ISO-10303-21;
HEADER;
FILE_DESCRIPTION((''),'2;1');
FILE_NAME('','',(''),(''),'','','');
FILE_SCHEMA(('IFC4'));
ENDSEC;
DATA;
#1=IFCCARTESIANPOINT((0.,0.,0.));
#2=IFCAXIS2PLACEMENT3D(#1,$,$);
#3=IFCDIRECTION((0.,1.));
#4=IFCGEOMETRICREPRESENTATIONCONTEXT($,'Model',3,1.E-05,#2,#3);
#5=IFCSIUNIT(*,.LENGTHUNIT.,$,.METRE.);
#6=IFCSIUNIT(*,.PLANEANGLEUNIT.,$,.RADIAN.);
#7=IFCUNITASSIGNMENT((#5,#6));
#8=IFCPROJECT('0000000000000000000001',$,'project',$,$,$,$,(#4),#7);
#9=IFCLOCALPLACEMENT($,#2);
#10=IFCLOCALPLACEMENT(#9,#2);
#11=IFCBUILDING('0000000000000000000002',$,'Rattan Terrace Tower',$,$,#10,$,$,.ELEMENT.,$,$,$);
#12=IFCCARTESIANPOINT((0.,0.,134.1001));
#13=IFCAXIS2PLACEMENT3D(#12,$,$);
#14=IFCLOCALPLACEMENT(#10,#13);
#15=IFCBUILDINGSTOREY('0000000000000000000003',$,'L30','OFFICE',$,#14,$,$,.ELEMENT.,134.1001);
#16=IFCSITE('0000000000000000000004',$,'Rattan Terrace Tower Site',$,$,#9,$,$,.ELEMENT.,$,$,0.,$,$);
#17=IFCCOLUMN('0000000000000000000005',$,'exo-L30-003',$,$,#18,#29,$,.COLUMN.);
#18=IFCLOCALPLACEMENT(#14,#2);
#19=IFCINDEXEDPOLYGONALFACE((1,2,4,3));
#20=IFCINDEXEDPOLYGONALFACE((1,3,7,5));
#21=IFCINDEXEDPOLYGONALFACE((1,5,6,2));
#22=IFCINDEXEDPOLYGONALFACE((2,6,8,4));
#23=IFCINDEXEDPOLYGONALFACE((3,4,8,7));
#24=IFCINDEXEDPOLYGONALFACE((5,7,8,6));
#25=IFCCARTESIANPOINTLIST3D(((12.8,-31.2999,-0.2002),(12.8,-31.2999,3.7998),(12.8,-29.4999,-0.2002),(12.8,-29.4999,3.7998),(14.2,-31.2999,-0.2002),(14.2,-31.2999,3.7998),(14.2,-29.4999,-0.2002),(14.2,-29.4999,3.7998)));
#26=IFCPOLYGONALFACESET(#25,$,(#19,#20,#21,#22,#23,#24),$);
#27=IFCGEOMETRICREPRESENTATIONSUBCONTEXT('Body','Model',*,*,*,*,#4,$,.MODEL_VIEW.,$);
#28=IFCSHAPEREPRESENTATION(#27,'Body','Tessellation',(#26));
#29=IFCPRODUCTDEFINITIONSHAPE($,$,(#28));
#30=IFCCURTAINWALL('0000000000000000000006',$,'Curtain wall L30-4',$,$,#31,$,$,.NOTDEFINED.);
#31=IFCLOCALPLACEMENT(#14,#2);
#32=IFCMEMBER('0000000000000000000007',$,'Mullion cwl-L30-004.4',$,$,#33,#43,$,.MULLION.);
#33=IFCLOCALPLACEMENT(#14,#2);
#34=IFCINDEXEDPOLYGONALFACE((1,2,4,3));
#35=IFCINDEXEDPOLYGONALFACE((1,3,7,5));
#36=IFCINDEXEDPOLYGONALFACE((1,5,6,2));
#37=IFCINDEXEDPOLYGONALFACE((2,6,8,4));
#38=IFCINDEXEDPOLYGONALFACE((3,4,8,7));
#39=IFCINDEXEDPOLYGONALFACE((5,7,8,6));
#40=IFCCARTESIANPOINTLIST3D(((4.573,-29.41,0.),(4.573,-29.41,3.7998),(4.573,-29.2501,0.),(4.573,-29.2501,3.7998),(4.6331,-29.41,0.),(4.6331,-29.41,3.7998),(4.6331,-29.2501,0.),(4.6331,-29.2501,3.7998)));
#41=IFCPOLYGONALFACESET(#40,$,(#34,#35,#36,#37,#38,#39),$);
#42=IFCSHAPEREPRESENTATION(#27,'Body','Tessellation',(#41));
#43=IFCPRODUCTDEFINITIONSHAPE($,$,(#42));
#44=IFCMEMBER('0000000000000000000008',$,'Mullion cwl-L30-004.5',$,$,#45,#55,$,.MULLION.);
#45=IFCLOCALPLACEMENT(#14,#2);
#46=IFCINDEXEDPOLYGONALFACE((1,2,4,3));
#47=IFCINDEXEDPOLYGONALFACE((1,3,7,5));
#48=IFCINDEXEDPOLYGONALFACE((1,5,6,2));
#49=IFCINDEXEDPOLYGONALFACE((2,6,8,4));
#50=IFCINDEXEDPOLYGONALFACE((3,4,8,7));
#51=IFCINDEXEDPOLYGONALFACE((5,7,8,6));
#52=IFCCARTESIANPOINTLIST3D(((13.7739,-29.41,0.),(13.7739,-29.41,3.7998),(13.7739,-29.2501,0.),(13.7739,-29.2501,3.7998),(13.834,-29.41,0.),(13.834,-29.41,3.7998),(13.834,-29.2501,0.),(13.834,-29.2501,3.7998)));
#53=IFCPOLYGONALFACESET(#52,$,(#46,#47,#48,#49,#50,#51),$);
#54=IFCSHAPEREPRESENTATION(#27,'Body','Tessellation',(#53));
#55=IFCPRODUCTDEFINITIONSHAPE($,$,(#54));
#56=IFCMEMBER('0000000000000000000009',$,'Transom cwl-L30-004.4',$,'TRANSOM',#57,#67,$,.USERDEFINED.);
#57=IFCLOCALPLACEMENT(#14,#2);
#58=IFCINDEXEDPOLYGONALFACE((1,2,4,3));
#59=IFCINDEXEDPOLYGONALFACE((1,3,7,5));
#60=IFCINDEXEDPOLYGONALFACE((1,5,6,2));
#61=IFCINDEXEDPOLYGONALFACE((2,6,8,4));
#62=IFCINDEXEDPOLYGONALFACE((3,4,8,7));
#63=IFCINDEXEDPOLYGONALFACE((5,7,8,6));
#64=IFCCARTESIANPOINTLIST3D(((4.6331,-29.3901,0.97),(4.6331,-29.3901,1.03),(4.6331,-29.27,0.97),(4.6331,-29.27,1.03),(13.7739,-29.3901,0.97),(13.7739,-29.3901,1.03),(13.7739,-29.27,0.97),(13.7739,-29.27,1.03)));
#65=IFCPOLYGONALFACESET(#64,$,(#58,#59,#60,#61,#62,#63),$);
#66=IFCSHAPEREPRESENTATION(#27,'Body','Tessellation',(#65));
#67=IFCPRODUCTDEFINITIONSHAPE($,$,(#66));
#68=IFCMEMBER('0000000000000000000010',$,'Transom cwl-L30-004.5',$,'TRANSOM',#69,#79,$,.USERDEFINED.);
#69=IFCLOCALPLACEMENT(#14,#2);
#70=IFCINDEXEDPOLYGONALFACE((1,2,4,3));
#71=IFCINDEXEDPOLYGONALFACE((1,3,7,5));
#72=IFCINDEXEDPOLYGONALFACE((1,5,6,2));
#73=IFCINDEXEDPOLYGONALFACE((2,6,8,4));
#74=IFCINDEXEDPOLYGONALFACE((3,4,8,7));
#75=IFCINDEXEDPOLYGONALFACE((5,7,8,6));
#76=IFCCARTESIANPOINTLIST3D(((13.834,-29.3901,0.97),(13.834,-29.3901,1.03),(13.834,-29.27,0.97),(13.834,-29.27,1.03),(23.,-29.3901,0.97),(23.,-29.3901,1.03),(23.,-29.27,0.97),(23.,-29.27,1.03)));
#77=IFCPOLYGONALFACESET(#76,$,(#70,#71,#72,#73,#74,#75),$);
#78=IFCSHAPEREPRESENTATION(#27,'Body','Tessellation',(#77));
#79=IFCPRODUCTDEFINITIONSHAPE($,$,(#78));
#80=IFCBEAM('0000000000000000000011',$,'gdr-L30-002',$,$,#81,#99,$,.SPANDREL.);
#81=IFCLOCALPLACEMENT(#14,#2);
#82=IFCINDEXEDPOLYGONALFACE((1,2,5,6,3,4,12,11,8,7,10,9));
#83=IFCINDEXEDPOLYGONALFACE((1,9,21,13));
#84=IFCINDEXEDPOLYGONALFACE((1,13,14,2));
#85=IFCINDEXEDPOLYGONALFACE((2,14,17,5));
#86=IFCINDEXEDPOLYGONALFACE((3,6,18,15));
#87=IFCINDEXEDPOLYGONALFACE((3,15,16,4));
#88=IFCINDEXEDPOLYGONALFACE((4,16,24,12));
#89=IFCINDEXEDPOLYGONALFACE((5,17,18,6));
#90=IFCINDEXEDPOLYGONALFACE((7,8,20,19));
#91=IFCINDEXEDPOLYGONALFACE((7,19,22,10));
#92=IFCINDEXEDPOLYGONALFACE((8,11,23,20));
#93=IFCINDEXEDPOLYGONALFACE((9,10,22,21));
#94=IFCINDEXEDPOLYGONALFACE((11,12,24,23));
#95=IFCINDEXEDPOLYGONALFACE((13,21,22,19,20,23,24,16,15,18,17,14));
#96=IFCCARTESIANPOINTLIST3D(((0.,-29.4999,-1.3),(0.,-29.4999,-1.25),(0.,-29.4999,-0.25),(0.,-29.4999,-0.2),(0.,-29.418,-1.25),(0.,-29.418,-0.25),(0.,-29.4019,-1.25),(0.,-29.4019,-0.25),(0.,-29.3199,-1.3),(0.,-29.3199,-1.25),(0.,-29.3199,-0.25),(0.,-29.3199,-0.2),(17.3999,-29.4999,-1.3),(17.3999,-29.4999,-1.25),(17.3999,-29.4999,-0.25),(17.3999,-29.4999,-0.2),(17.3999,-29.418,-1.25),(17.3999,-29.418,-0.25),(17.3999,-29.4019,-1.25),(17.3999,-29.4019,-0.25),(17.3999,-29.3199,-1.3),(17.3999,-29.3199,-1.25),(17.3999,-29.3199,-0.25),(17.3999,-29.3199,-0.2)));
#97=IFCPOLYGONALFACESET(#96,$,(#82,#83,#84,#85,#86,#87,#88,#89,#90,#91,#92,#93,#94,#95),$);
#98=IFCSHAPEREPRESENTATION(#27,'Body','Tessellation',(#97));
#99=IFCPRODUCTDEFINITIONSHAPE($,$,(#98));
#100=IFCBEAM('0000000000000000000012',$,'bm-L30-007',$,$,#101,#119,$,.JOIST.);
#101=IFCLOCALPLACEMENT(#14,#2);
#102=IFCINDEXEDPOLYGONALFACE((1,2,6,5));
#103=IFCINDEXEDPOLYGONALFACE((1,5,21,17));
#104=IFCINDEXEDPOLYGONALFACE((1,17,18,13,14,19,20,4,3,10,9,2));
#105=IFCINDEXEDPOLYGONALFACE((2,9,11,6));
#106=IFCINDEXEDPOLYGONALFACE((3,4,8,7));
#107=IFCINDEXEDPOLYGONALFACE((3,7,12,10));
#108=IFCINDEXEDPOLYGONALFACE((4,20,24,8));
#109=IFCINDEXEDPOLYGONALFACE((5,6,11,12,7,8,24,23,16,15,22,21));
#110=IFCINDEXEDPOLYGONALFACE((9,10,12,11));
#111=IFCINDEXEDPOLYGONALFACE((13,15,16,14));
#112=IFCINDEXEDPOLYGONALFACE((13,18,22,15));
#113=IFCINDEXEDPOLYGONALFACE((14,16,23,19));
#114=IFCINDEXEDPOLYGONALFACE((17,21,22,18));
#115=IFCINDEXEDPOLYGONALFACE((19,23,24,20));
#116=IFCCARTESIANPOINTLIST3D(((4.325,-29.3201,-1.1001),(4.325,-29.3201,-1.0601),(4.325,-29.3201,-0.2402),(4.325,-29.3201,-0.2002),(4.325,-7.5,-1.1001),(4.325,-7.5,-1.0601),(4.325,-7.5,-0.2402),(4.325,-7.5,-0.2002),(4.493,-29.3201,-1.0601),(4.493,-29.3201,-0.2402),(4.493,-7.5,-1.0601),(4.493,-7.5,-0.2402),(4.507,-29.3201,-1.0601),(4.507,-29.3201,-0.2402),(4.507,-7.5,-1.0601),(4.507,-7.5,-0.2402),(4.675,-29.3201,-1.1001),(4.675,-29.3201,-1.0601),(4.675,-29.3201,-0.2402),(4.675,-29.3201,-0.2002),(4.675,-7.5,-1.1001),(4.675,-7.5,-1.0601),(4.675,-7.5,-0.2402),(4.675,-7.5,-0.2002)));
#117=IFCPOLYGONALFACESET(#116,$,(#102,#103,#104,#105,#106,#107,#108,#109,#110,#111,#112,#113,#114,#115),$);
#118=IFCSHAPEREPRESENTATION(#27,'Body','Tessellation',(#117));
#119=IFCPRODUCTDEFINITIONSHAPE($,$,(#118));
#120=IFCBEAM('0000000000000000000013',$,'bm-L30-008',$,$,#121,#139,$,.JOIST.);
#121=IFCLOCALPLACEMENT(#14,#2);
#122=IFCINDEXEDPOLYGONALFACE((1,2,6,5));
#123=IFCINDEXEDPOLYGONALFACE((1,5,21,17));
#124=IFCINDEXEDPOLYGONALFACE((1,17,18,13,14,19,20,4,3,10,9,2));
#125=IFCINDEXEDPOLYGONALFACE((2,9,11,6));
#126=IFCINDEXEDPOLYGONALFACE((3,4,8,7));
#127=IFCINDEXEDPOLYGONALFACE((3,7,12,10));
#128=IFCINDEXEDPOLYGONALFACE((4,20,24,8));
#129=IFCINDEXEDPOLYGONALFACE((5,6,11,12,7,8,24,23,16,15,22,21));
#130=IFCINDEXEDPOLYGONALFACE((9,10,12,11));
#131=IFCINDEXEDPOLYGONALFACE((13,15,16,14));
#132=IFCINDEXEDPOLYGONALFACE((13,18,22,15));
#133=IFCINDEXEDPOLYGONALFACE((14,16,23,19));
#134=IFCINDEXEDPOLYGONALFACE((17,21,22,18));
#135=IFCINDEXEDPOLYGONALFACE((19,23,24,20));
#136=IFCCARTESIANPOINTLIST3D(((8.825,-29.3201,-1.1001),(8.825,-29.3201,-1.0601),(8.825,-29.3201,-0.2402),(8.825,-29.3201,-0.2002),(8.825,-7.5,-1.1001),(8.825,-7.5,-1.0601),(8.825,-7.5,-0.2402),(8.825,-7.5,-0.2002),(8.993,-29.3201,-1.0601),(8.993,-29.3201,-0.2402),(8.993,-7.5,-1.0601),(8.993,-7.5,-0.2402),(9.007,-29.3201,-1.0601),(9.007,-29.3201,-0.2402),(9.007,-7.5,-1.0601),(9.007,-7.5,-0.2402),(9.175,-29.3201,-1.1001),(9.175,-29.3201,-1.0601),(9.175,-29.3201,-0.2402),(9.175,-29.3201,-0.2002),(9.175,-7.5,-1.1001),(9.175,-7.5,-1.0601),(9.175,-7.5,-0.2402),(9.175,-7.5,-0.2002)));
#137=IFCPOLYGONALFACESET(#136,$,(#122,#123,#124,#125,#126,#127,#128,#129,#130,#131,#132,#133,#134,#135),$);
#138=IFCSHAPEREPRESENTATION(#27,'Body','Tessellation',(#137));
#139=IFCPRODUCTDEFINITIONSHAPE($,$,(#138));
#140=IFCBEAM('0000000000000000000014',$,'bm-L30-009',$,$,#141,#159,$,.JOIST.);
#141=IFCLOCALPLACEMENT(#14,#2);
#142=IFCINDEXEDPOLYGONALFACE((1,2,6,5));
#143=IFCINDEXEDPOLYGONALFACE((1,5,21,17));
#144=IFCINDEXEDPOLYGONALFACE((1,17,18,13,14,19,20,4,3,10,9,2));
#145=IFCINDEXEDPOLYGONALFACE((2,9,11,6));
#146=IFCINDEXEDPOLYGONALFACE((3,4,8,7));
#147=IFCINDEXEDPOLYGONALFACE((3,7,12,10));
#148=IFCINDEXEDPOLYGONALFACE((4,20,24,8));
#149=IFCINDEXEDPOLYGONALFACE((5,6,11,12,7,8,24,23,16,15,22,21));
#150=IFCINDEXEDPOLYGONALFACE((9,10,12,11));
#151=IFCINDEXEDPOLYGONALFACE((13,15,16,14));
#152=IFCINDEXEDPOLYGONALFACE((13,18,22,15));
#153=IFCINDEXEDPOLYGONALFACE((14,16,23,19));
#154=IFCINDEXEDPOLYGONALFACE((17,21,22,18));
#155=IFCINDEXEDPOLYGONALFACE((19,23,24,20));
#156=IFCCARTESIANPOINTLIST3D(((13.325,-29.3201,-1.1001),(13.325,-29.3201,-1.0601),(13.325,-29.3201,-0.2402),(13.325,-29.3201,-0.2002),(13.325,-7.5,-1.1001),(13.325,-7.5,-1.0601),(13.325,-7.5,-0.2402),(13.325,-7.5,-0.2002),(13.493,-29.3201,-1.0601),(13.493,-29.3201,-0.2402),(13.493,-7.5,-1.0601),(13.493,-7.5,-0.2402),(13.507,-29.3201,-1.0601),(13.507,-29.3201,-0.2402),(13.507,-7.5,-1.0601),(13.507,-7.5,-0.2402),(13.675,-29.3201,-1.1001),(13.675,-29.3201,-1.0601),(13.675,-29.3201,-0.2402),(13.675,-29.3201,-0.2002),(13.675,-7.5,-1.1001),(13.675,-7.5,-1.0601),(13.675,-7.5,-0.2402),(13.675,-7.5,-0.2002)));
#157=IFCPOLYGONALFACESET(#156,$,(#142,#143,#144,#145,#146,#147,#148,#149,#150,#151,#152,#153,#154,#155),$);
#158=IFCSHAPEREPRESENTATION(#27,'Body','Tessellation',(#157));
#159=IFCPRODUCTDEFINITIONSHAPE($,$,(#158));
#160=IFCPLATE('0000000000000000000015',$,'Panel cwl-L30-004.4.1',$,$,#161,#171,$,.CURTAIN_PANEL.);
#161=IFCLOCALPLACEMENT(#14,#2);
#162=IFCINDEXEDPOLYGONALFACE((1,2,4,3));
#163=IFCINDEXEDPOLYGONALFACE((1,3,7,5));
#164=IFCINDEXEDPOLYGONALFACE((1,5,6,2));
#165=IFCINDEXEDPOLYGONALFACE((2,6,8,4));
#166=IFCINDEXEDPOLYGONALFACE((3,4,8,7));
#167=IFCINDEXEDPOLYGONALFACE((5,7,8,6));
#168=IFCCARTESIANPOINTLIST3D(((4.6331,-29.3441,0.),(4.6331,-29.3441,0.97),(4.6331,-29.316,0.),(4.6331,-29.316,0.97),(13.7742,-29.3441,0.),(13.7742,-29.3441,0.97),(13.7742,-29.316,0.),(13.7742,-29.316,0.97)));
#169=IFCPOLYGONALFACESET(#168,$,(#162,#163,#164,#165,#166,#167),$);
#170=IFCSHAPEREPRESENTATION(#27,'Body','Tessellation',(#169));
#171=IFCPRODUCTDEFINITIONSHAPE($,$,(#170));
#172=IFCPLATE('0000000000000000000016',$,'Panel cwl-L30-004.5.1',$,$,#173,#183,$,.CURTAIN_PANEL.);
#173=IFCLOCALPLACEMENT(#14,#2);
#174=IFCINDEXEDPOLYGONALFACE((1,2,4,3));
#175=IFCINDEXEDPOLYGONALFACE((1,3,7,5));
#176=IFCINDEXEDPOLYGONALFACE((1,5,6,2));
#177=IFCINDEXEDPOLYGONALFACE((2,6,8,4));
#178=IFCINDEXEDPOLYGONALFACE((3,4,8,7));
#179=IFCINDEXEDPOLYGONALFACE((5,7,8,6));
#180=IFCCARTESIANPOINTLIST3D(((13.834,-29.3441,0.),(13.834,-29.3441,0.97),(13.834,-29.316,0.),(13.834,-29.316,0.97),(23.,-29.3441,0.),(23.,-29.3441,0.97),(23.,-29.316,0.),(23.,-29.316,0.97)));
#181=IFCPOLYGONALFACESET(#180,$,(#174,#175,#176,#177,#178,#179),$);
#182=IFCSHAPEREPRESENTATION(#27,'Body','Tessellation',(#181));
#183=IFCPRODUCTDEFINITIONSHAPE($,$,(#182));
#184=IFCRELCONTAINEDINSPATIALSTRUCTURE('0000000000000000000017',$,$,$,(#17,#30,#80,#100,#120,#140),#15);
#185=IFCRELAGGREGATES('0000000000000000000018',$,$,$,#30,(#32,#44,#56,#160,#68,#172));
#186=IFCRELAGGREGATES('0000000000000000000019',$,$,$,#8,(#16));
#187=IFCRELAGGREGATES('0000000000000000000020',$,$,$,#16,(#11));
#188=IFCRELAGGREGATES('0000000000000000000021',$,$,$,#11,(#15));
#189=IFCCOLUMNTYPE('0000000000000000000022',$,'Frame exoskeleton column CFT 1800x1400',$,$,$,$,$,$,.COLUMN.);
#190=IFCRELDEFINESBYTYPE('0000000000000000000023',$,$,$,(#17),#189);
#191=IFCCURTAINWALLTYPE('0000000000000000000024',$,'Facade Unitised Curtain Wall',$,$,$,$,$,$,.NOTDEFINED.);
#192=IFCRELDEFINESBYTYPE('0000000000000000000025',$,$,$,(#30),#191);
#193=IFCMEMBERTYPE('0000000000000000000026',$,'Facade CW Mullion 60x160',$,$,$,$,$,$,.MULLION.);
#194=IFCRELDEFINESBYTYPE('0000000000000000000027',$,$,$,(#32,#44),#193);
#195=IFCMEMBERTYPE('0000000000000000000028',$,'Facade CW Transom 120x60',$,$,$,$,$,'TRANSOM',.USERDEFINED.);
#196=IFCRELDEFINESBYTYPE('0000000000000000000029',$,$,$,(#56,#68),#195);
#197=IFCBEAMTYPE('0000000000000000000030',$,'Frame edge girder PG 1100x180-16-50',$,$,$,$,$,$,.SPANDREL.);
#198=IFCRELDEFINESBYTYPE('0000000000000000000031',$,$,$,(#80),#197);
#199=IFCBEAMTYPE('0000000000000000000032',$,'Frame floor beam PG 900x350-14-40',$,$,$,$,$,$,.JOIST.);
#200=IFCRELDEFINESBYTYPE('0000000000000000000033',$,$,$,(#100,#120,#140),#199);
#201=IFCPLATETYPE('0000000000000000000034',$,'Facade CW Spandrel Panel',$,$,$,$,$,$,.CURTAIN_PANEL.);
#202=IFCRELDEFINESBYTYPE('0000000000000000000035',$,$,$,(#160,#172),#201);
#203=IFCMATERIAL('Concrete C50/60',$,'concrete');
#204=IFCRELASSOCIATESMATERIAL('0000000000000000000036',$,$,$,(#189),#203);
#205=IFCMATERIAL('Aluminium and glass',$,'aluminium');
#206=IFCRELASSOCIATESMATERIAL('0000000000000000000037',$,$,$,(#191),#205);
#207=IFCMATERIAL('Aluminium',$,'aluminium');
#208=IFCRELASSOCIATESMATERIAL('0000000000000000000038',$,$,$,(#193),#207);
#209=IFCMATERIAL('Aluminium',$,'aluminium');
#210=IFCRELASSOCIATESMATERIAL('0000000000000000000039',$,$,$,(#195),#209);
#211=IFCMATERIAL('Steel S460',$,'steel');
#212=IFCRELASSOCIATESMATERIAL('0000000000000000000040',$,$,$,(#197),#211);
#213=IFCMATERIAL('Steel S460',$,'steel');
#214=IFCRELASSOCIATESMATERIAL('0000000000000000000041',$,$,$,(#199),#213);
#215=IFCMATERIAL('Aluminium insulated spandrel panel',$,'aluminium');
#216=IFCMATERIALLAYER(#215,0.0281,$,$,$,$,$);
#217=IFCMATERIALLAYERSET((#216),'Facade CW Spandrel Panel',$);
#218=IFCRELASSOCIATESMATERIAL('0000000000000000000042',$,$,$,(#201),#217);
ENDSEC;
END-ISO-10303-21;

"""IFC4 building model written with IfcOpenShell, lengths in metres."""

from ifc_helpers import new_model, si_unit, direction, frame, origin, origin_2d, place, context, subcontext, project, spatial, rectangle, i_section, extrude, material, layer, layer_set, material_profile, profile_set, type_object, element, aggregate, save


model = new_model("IFC4")

# Units and contexts
model_context = context("Model", 3, precision=1e-05, world=origin(), true_north=direction((0.0, 1.0)))
body_context = subcontext(model_context, "Body", "Model", "MODEL_VIEW")
ifc_project = project(units=[si_unit("LENGTHUNIT", "METRE"), si_unit("PLANEANGLEUNIT", "RADIAN")], contexts=[model_context])

# Site, building, storey
site_placement = place(None, origin())
site = spatial("IfcSite", under=ifc_project, at=site_placement, Name="Rattan Terrace Tower Site", CompositionType="ELEMENT", RefElevation=0.0)
building_placement = place(site_placement, origin())
building = spatial("IfcBuilding", under=site, at=building_placement, Name="Rattan Terrace Tower", CompositionType="ELEMENT")
storey_placement = place(building_placement, frame((0.0, 0.0, 134.1001)))
storey = spatial("IfcBuildingStorey", under=building, at=storey_placement, Name="L30", Description="OFFICE", CompositionType="ELEMENT", Elevation=134.1001)

# Column
ifc_material_1 = material(Name="Concrete C50/60", Category="concrete")
ifc_material_profile_1 = material_profile(ifc_material_1, rectangle(XDim=1.3999, YDim=1.8, at=origin_2d()), Name="CFT 1800x1400")
ifc_profile_set_1 = profile_set([ifc_material_profile_1], Name="Concrete C50/60")
column_type = type_object("IfcColumnType", Name="Frame exoskeleton column CFT 1800x1400", PredefinedType="COLUMN", material=ifc_profile_set_1)
column_placement = place(storey_placement, frame((13.5, -30.3999, -0.2002), z_axis=(0.0, 0.0, 1.0), x_axis=(1.0, 0.0, 0.0)))
element("IfcColumn", 1, at=column_placement, inside=storey, type_object=column_type, Name="exo-L30-003", PredefinedType="COLUMN", context=body_context, shape_type="SweptSolid", body=[
    extrude(rectangle(XDim=1.3999, YDim=1.8, at=origin_2d()), origin(), (0.0, 0.0, 1.0), 4.0),
])

# Curtain wall, members
ifc_material_2 = material(Name="Aluminium and glass", Category="aluminium")
curtain_wall_type = type_object("IfcCurtainWallType", Name="Facade Unitised Curtain Wall", PredefinedType="NOTDEFINED", material=ifc_material_2)
curtain_wall_placement = place(storey_placement, origin())
curtain_wall = element("IfcCurtainWall", 2, at=curtain_wall_placement, inside=storey, type_object=curtain_wall_type, Name="Curtain wall L30-4", PredefinedType="NOTDEFINED")
ifc_material_3 = material(Name="Aluminium", Category="aluminium")
ifc_material_profile_2 = material_profile(ifc_material_3, rectangle(XDim=0.0601, YDim=0.1599, at=origin_2d()), Name="Aluminium 60x160")
ifc_profile_set_2 = profile_set([ifc_material_profile_2], Name="Aluminium")
member_type_1 = type_object("IfcMemberType", Name="Facade CW Mullion 60x160", PredefinedType="MULLION", material=ifc_profile_set_2)
member_1_placement = place(storey_placement, frame((4.603, -29.3301, 0.0), z_axis=(0.0, 0.0, 1.0), x_axis=(1.0, 0.0, 0.0)))
member_1 = element("IfcMember", 3, at=member_1_placement, type_object=member_type_1, Name="Mullion cwl-L30-004.4", PredefinedType="MULLION", context=body_context, shape_type="SweptSolid", body=[
    extrude(rectangle(XDim=0.0601, YDim=0.1599, at=origin_2d()), origin(), (0.0, 0.0, 1.0), 3.7998),
])
member_2_placement = place(storey_placement, frame((13.804, -29.3301, 0.0), z_axis=(0.0, 0.0, 1.0), x_axis=(1.0, 0.0, 0.0)))
member_2 = element("IfcMember", 4, at=member_2_placement, type_object=member_type_1, Name="Mullion cwl-L30-004.5", PredefinedType="MULLION", context=body_context, shape_type="SweptSolid", body=[
    extrude(rectangle(XDim=0.0601, YDim=0.1599, at=origin_2d()), origin(), (0.0, 0.0, 1.0), 3.7998),
])
ifc_material_4 = material(Name="Aluminium", Category="aluminium")
ifc_material_profile_3 = material_profile(ifc_material_4, rectangle(XDim=0.1201, YDim=0.0601, at=origin_2d()), Name="Aluminium 120x60")
ifc_profile_set_3 = profile_set([ifc_material_profile_3], Name="Aluminium")
member_type_2 = type_object("IfcMemberType", Name="Facade CW Transom 120x60", ElementType="TRANSOM", PredefinedType="USERDEFINED", material=ifc_profile_set_3)
member_3_placement = place(storey_placement, frame((4.6331, -29.3301, 1.0), z_axis=(1.0, 0.0, 0.0), x_axis=(0.0, 1.0, 0.0)))
member_3 = element("IfcMember", 5, at=member_3_placement, type_object=member_type_2, Name="Transom cwl-L30-004.4", ObjectType="TRANSOM", PredefinedType="USERDEFINED", context=body_context, shape_type="SweptSolid", body=[
    extrude(rectangle(XDim=0.1201, YDim=0.0601, at=origin_2d()), origin(), (0.0, 0.0, 1.0), 9.1409),
])
member_4_placement = place(storey_placement, frame((13.834, -29.3301, 1.0), z_axis=(1.0, 0.0, 0.0), x_axis=(0.0, 1.0, 0.0)))
member_4 = element("IfcMember", 6, at=member_4_placement, type_object=member_type_2, Name="Transom cwl-L30-004.5", ObjectType="TRANSOM", PredefinedType="USERDEFINED", context=body_context, shape_type="SweptSolid", body=[
    extrude(rectangle(XDim=0.1201, YDim=0.0601, at=origin_2d()), origin(), (0.0, 0.0, 1.0), 9.166),
])

# Beams
ifc_material_5 = material(Name="Steel S460", Category="steel")
ifc_material_profile_4 = material_profile(ifc_material_5, i_section(OverallWidth=0.1799, OverallDepth=1.1001, WebThickness=0.0161, FlangeThickness=0.05, at=origin_2d()), Name="PG 1100x180-16-50")
ifc_profile_set_4 = profile_set([ifc_material_profile_4], Name="Steel S460")
beam_type_1 = type_object("IfcBeamType", Name="Frame edge girder PG 1100x180-16-50", PredefinedType="SPANDREL", material=ifc_profile_set_4)
beam_placement = place(storey_placement, frame((17.3999, -29.4099, -0.75), z_axis=(-1.0, 0.0, 0.0), x_axis=(0.0, -1.0, 0.0)))
element("IfcBeam", 7, at=beam_placement, inside=storey, type_object=beam_type_1, Name="gdr-L30-002", PredefinedType="SPANDREL", context=body_context, shape_type="SweptSolid", body=[
    extrude(i_section(OverallWidth=0.1799, OverallDepth=1.1001, WebThickness=0.0161, FlangeThickness=0.05, at=origin_2d()), origin(), (0.0, 0.0, 1.0), 17.3999),
])
ifc_material_6 = material(Name="Steel S460", Category="steel")
ifc_material_profile_5 = material_profile(ifc_material_6, i_section(OverallWidth=0.3501, OverallDepth=0.8999, WebThickness=0.0139, FlangeThickness=0.04, at=origin_2d()), Name="PG 900x350-14-40")
ifc_profile_set_5 = profile_set([ifc_material_profile_5], Name="Steel S460")
beam_type_2 = type_object("IfcBeamType", Name="Frame floor beam PG 900x350-14-40", PredefinedType="JOIST", material=ifc_profile_set_5)
for number, where, z_axis, x_axis, name in (
    (8, (4.5, -29.3201, -0.6501), (0.0, 1.0, 0.0), (-1.0, 0.0, 0.0), "bm-L30-007"),
    (9, (9.0, -29.3201, -0.6501), (0.0, 1.0, 0.0), (-1.0, 0.0, 0.0), "bm-L30-008"),
    (10, (13.5, -29.3201, -0.6501), (0.0, 1.0, 0.0), (-1.0, 0.0, 0.0), "bm-L30-009"),
):
    element("IfcBeam", number, at=place(storey_placement, frame(where, z_axis=z_axis, x_axis=x_axis)), inside=storey, type_object=beam_type_2, Name=name, PredefinedType="JOIST", context=body_context, shape_type="SweptSolid", body=[
        extrude(i_section(OverallWidth=0.3501, OverallDepth=0.8999, WebThickness=0.0139, FlangeThickness=0.04, at=origin_2d()), origin(), (0.0, 0.0, 1.0), 21.8201),
    ])

# Plates
ifc_material_7 = material(Name="Aluminium insulated spandrel panel", Category="aluminium")
ifc_layer_1 = layer(ifc_material_7, 0.0281)
ifc_layer_set_1 = layer_set([ifc_layer_1], Name="Facade CW Spandrel Panel")
plate_type_1 = type_object("IfcPlateType", Name="Facade CW Spandrel Panel", PredefinedType="CURTAIN_PANEL", material=ifc_layer_set_1)
plate_1_placement = place(storey_placement, frame((9.2036, -29.3301, 0.0), z_axis=(0.0, 0.0, 1.0), x_axis=(1.0, 0.0, 0.0)))
plate_1 = element("IfcPlate", 11, at=plate_1_placement, type_object=plate_type_1, Name="Panel cwl-L30-004.4.1", PredefinedType="CURTAIN_PANEL", context=body_context, shape_type="SweptSolid", body=[
    extrude(rectangle(XDim=9.1411, YDim=0.0281, at=origin_2d()), origin(), (0.0, 0.0, 1.0), 0.97),
])
plate_2_placement = place(storey_placement, frame((18.417, -29.3301, 0.0), z_axis=(0.0, 0.0, 1.0), x_axis=(1.0, 0.0, 0.0)))
plate_2 = element("IfcPlate", 12, at=plate_2_placement, type_object=plate_type_1, Name="Panel cwl-L30-004.5.1", PredefinedType="CURTAIN_PANEL", context=body_context, shape_type="SweptSolid", body=[
    extrude(rectangle(XDim=9.166, YDim=0.0281, at=origin_2d()), origin(), (0.0, 0.0, 1.0), 0.97),
])
aggregate(curtain_wall, [member_1, member_2, member_3, plate_1, member_4, plate_2])

save(model, "model.ifc")
